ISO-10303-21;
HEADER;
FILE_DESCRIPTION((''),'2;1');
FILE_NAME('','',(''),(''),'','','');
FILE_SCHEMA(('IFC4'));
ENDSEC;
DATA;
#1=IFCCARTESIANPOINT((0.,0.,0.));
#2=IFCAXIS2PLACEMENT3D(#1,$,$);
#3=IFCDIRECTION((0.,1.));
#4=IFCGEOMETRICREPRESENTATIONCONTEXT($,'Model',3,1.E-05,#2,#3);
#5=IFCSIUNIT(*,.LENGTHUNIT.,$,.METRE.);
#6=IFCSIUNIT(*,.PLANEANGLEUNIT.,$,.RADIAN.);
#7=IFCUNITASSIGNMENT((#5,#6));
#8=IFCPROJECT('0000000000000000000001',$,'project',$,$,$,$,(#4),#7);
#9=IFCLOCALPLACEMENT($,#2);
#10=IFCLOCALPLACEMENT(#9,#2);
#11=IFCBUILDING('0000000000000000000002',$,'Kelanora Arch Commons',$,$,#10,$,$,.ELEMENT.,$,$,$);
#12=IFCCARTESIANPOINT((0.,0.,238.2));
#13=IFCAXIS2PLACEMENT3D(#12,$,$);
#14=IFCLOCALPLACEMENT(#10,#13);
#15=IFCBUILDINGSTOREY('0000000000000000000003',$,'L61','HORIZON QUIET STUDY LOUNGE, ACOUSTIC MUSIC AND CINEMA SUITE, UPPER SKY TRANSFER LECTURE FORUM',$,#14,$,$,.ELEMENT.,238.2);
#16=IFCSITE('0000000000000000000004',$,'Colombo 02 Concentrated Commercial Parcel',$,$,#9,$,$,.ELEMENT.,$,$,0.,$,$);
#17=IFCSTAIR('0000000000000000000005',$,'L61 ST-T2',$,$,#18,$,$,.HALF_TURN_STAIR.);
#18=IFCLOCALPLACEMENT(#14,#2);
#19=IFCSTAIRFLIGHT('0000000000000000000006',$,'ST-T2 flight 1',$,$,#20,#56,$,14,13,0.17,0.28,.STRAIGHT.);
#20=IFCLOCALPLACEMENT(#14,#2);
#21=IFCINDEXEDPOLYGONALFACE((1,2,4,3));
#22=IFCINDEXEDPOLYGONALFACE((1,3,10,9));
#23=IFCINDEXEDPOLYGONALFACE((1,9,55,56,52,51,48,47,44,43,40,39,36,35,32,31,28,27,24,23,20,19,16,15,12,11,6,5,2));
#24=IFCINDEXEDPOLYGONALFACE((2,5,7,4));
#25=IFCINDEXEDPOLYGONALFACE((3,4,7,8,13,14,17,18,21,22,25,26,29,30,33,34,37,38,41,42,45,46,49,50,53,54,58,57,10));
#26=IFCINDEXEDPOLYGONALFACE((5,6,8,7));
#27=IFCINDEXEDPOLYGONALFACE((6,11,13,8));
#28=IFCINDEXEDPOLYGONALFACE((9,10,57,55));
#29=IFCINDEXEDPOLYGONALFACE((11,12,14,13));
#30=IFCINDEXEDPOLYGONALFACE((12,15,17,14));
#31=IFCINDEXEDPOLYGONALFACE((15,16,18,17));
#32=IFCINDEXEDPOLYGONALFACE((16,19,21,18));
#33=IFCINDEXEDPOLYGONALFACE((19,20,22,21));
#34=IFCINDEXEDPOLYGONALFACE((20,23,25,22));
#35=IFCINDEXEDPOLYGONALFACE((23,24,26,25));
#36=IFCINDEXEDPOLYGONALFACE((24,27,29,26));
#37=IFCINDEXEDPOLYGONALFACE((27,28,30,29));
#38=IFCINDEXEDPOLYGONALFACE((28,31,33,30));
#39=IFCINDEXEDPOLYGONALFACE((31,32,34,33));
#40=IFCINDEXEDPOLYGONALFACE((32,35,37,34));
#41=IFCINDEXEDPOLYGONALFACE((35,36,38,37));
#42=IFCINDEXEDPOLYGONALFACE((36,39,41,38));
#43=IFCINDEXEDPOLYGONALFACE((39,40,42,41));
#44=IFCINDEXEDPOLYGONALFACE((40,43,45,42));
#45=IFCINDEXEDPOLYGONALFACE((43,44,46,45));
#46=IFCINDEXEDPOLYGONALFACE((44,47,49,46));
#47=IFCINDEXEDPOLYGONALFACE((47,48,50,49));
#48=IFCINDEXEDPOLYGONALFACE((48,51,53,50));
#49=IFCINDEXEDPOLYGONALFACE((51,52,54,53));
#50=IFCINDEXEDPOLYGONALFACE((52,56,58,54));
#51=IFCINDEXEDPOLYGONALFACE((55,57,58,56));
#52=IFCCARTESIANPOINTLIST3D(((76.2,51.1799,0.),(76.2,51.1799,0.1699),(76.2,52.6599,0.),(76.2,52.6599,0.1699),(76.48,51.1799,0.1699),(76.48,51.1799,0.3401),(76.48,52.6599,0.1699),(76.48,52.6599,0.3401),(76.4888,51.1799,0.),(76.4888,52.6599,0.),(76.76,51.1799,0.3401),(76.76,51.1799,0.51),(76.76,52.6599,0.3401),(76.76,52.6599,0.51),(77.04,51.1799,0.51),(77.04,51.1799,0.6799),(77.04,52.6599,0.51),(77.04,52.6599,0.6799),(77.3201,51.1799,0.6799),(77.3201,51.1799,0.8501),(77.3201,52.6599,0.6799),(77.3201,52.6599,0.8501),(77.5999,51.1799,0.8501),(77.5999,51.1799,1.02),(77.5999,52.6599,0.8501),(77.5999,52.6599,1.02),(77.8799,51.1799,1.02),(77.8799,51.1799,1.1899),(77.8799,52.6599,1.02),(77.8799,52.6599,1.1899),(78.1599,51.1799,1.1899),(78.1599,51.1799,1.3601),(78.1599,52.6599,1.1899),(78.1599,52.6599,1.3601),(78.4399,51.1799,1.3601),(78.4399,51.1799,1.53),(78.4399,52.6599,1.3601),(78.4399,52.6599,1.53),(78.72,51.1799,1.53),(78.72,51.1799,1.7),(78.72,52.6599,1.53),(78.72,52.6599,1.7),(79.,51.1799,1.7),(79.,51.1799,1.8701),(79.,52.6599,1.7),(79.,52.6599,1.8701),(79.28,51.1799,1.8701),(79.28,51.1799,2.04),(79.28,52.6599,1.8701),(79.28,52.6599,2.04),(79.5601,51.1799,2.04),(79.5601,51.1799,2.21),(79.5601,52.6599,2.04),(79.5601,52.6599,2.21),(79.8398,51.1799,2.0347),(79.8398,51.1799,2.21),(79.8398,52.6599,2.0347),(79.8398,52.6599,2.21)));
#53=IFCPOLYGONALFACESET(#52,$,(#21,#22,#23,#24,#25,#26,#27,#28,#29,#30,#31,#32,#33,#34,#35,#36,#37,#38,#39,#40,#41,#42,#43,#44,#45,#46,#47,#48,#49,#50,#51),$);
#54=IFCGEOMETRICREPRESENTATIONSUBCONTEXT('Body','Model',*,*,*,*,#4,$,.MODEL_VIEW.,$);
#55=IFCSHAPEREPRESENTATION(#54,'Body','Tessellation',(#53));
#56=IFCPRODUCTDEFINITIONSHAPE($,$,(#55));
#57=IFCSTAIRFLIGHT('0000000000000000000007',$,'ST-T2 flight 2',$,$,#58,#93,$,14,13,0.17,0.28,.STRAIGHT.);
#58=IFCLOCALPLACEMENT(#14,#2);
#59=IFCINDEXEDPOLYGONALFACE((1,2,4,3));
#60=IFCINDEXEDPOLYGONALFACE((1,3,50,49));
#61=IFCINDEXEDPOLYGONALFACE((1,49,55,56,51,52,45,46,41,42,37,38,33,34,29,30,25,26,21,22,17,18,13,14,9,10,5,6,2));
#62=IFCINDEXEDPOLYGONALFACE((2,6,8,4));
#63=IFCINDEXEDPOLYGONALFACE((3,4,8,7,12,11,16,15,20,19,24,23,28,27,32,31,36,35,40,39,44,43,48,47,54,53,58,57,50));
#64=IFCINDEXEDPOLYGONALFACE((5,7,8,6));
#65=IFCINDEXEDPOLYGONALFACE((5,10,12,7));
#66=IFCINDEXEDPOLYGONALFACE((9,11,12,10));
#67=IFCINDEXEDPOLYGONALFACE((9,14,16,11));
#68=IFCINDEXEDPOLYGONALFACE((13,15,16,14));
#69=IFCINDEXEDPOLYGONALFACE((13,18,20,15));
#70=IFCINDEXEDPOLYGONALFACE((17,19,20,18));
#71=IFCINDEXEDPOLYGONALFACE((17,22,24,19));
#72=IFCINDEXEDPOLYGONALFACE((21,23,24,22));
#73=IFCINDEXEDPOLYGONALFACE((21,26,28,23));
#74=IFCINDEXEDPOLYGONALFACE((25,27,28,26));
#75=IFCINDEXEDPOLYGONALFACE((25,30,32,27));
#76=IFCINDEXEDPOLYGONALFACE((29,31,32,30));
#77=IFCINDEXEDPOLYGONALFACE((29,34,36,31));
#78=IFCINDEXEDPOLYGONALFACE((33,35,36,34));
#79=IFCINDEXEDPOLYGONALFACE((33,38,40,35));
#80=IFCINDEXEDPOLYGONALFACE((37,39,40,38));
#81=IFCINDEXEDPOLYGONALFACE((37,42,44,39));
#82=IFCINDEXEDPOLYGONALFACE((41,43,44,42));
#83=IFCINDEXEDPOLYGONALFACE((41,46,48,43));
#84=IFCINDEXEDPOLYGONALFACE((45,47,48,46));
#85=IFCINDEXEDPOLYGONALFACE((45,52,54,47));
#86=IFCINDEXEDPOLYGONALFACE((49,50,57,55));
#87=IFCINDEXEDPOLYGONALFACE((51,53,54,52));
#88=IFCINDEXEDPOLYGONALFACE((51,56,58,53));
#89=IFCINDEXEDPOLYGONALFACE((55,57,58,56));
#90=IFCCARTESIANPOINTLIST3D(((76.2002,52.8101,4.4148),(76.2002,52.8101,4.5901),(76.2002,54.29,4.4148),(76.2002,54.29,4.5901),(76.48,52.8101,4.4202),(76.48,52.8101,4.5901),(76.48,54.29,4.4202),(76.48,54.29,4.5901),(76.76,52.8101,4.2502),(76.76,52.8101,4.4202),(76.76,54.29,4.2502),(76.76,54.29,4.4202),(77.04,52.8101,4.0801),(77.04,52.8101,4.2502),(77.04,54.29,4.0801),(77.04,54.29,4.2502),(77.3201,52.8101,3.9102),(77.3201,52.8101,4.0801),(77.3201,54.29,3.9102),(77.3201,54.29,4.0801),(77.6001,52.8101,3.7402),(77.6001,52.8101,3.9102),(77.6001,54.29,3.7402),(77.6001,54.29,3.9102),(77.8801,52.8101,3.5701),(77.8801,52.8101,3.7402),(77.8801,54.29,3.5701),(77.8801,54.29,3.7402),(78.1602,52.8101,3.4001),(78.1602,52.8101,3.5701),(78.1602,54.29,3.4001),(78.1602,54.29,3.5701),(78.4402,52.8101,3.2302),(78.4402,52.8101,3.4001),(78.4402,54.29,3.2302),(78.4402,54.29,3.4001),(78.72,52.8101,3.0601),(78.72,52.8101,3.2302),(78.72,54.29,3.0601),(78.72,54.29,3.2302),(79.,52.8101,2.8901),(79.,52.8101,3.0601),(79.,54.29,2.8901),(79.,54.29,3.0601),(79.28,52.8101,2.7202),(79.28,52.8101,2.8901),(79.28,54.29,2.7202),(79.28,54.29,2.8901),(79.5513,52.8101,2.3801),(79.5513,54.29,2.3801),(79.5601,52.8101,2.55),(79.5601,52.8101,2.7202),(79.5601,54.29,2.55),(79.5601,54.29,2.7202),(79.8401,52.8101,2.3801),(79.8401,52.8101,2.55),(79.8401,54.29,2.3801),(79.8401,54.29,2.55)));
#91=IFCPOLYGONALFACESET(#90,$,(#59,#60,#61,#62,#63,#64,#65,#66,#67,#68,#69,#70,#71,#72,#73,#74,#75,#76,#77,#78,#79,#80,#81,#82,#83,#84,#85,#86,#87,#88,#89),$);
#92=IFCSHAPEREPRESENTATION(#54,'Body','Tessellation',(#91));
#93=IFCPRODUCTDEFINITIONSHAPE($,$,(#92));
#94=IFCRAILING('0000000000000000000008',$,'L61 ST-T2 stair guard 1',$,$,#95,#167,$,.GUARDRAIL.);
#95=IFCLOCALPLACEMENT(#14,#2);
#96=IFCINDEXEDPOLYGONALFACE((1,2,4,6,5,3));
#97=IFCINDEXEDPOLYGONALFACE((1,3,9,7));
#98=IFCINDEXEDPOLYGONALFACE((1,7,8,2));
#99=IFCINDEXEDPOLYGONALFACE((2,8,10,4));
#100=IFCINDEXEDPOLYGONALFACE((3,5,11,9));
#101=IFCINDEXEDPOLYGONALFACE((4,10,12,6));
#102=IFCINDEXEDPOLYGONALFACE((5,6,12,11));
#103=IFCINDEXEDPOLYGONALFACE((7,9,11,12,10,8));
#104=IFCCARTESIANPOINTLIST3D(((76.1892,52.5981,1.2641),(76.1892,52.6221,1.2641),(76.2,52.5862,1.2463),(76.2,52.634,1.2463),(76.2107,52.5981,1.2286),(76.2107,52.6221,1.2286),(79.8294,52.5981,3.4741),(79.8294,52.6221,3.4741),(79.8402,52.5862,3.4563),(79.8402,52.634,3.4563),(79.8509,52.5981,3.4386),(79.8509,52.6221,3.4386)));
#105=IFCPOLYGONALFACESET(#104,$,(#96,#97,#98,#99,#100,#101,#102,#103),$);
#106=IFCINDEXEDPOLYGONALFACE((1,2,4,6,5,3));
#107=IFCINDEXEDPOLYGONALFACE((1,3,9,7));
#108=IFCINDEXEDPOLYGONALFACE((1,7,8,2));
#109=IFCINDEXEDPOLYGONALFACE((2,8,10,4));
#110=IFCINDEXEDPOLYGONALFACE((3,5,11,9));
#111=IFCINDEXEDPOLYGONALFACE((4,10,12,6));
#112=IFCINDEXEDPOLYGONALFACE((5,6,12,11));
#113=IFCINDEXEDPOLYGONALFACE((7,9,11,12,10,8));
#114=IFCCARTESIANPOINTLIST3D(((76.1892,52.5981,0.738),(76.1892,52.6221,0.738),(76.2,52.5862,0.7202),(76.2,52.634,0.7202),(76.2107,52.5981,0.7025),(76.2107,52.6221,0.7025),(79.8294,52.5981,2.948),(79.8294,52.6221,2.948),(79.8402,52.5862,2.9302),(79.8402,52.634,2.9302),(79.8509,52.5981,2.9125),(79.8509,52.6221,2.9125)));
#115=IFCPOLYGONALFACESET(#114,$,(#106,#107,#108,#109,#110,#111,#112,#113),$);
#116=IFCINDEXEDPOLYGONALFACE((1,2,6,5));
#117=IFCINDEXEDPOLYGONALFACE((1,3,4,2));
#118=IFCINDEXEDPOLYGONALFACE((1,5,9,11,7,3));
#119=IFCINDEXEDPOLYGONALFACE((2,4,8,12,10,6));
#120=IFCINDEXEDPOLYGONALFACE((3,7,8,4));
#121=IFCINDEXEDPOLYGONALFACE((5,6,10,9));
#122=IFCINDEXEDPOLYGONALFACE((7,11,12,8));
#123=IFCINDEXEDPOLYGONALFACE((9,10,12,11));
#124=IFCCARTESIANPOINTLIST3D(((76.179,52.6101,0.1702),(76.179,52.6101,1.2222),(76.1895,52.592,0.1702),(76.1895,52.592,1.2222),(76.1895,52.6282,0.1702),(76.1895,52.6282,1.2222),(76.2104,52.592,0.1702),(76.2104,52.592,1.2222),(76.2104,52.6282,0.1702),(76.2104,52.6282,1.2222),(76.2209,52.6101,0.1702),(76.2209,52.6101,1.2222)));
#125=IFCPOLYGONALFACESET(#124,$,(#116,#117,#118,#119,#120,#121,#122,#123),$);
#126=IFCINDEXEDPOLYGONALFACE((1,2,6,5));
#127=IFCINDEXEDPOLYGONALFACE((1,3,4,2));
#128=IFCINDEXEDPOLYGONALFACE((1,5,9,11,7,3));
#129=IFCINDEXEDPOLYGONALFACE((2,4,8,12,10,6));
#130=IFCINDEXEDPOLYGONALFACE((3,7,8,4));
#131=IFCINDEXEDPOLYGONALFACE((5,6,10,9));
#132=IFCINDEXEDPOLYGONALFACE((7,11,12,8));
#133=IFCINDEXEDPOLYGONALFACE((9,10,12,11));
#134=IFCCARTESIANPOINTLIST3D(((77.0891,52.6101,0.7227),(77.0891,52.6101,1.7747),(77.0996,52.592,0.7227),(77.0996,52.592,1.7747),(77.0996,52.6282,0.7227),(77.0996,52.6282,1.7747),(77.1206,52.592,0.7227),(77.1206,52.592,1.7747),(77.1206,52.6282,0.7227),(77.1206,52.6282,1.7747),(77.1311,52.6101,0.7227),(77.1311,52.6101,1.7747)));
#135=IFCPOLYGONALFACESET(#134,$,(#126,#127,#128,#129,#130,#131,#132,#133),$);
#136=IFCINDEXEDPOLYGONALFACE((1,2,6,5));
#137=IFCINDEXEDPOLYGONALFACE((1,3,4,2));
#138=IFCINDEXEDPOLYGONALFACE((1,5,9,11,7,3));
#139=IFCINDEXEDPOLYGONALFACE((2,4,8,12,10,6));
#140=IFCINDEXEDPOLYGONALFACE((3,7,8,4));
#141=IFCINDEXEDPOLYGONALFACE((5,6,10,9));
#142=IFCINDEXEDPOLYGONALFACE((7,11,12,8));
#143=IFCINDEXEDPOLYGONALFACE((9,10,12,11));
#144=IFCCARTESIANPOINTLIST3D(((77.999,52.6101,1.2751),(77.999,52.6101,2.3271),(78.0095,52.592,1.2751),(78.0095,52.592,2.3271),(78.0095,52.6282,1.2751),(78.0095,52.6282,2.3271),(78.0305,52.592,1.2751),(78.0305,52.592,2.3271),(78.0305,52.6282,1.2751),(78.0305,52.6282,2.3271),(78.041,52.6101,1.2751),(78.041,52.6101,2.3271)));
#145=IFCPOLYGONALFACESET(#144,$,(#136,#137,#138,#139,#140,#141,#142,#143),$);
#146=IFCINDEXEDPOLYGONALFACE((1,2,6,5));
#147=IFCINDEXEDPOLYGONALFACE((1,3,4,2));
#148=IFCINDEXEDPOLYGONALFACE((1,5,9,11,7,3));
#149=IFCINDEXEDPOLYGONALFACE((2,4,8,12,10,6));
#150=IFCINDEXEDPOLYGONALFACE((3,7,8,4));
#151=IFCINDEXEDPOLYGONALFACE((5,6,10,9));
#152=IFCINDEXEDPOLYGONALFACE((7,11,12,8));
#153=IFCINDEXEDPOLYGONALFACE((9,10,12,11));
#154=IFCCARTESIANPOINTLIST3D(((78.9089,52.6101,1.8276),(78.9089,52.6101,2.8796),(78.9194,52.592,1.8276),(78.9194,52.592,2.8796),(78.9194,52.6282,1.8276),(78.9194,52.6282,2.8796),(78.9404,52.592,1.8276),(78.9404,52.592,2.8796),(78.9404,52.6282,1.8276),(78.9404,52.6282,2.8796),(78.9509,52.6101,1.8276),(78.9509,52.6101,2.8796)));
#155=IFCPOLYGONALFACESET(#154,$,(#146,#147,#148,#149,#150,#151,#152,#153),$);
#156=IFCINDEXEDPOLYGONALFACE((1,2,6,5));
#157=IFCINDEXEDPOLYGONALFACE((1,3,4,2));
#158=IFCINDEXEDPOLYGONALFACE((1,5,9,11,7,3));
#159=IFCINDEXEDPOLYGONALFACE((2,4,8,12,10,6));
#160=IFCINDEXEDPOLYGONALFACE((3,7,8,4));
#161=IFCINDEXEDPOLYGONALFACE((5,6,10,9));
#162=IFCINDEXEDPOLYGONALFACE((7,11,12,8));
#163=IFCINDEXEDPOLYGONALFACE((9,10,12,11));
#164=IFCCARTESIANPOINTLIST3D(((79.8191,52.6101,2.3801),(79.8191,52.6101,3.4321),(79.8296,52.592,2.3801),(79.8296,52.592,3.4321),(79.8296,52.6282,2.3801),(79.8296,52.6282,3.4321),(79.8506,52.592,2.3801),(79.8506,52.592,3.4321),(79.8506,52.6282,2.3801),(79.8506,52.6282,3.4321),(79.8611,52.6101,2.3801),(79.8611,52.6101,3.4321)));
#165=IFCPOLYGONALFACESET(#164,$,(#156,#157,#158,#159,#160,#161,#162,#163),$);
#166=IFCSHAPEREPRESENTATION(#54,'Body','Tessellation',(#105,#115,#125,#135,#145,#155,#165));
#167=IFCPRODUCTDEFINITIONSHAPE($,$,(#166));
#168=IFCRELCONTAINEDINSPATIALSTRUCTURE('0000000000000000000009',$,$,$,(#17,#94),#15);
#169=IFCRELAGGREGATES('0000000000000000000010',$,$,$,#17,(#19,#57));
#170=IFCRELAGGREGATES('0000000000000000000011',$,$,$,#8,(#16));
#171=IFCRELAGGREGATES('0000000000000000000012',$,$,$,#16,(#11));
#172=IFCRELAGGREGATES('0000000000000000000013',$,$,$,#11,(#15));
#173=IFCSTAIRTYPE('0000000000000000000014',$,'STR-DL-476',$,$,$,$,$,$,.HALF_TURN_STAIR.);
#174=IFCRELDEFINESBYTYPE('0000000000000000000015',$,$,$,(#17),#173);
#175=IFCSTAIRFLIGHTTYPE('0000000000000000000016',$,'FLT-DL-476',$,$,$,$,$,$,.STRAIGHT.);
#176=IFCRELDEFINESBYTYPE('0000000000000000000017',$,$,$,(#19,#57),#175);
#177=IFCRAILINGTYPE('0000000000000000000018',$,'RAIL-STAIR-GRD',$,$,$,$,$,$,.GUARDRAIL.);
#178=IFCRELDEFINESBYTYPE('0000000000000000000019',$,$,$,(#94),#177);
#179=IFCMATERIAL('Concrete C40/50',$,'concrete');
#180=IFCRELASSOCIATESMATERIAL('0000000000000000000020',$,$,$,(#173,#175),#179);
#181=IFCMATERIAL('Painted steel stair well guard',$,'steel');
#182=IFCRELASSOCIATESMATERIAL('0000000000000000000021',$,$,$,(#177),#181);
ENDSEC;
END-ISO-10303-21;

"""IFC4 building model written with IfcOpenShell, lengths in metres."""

from ifc_helpers import new_model, si_unit, direction, frame, origin, place, context, subcontext, project, spatial, polyline, outline, extrude, material, type_object, element, aggregate, save


model = new_model("IFC4")

# Units and contexts
model_context = context("Model", 3, precision=1e-05, world=origin(), true_north=direction((0.0, 1.0)))
body_context = subcontext(model_context, "Body", "Model", "MODEL_VIEW")
ifc_project = project(units=[si_unit("LENGTHUNIT", "METRE"), si_unit("PLANEANGLEUNIT", "RADIAN")], contexts=[model_context])

# Site, building, storey
site_placement = place(None, origin())
site = spatial("IfcSite", under=ifc_project, at=site_placement, Name="Colombo 02 Concentrated Commercial Parcel", CompositionType="ELEMENT", RefElevation=0.0)
building_placement = place(site_placement, origin())
building = spatial("IfcBuilding", under=site, at=building_placement, Name="Kelanora Arch Commons", CompositionType="ELEMENT")
storey_placement = place(building_placement, frame((0.0, 0.0, 238.2)))
storey = spatial("IfcBuildingStorey", under=building, at=storey_placement, Name="L61", Description="HORIZON QUIET STUDY LOUNGE, ACOUSTIC MUSIC AND CINEMA SUITE, UPPER SKY TRANSFER LECTURE FORUM", CompositionType="ELEMENT", Elevation=238.2)

# Shared definitions
ifc_material_1 = material(Name="Concrete C40/50", Category="concrete")

# Stair, stair flights
stair_type = type_object("IfcStairType", Name="STR-DL-476", PredefinedType="HALF_TURN_STAIR", material=ifc_material_1)
stair_placement = place(storey_placement, origin())
stair = element("IfcStair", 1, at=stair_placement, inside=storey, type_object=stair_type, Name="L61 ST-T2", PredefinedType="HALF_TURN_STAIR")
stair_flight_type = type_object("IfcStairFlightType", Name="FLT-DL-476", PredefinedType="STRAIGHT", material=ifc_material_1)
stair_flight_1_placement = place(storey_placement, frame((76.2, 51.9199, 0.0), z_axis=(0.0, 0.0, 1.0), x_axis=(1.0, 0.0, 0.0)))
stair_flight_1 = element("IfcStairFlight", 2, at=stair_flight_1_placement, type_object=stair_flight_type, Name="ST-T2 flight 1", NumberOfRisers=14, NumberOfTreads=13, PredefinedType="STRAIGHT", RiserHeight=0.17, TreadLength=0.28, context=body_context, shape_type="SweptSolid", body=[
    extrude(outline(polyline([(0.0, 0.0), (0.0, 0.1699), (0.28, 0.1699), (0.28, 0.3401), (0.5601, 0.3401), (0.5601, 0.51), (0.8401, 0.51), (0.8401, 0.6799), (1.1201, 0.6799), (1.1201, 0.8501), (1.3999, 0.8501), (1.3999, 1.02), (1.6799, 1.02), (1.6799, 1.1899), (1.96, 1.1899), (1.96, 1.3601), (2.24, 1.3601), (2.24, 1.53), (2.52, 1.53), (2.52, 1.7), (2.8, 1.7), (2.8, 1.8701), (3.0801, 1.8701), (3.0801, 2.04), (3.3601, 2.04), (3.3601, 2.21), (3.6399, 2.21), (3.6399, 2.3799), (3.6399, 2.0347), (0.2888, 0.0), (0.0, 0.0)])), frame((0.0, 0.74, 0.0), z_axis=(0.0, -1.0, 0.0), x_axis=(1.0, 0.0, 0.0)), (0.0, 0.0, 1.0), 1.48),
])
stair_flight_2_placement = place(storey_placement, frame((79.8401, 53.55, 2.3801), z_axis=(0.0, 0.0, 1.0), x_axis=(-1.0, 0.0, 0.0)))
stair_flight_2 = element("IfcStairFlight", 3, at=stair_flight_2_placement, type_object=stair_flight_type, Name="ST-T2 flight 2", NumberOfRisers=14, NumberOfTreads=13, PredefinedType="STRAIGHT", RiserHeight=0.17, TreadLength=0.28, context=body_context, shape_type="SweptSolid", body=[
    extrude(outline(polyline([(0.0, 0.0), (0.0, 0.1699), (0.28, 0.1699), (0.28, 0.3401), (0.5601, 0.3401), (0.5601, 0.51), (0.8401, 0.51), (0.8401, 0.6799), (1.1201, 0.6799), (1.1201, 0.8501), (1.3999, 0.8501), (1.3999, 1.02), (1.6799, 1.02), (1.6799, 1.1899), (1.96, 1.1899), (1.96, 1.3601), (2.24, 1.3601), (2.24, 1.53), (2.52, 1.53), (2.52, 1.7), (2.8, 1.7), (2.8, 1.8701), (3.0801, 1.8701), (3.0801, 2.04), (3.3601, 2.04), (3.3601, 2.21), (3.6399, 2.21), (3.6399, 2.3799), (3.6399, 2.0347), (0.2888, 0.0), (0.0, 0.0)])), frame((0.0, 0.74, 0.0), z_axis=(0.0, -1.0, 0.0), x_axis=(1.0, 0.0, 0.0)), (0.0, 0.0, 1.0), 1.48),
])
aggregate(stair, [stair_flight_1, stair_flight_2])

# Railing
ifc_material_2 = material(Name="Painted steel stair well guard", Category="steel")
railing_type_1 = type_object("IfcRailingType", Name="RAIL-STAIR-GRD", PredefinedType="GUARDRAIL", material=ifc_material_2)
railing_1_placement = place(storey_placement, frame((76.2, 52.6101, 0.1702)))
element("IfcRailing", 4, at=railing_1_placement, inside=storey, type_object=railing_type_1, Name="L61 ST-T2 stair guard 1", PredefinedType="GUARDRAIL", context=body_context, shape_type="SweptSolid", body=[
    extrude(outline(polyline([(0.0239, 0.0), (0.012, 0.0208), (-0.012, 0.0208), (-0.0239, 0.0), (-0.012, -0.0208), (0.012, -0.0208), (0.0239, 0.0)])), frame((0.0, 0.0, 1.0762), z_axis=(0.8548, 0.0, 0.518957), x_axis=(0.0, 1.0, 0.0)), (0.0, 0.0, 1.0), 4.2585),
    extrude(outline(polyline([(0.0239, 0.0), (0.012, 0.0208), (-0.012, 0.0208), (-0.0239, 0.0), (-0.012, -0.0208), (0.012, -0.0208), (0.0239, 0.0)])), frame((0.0, 0.0, 0.55), z_axis=(0.8548, 0.0, 0.518957), x_axis=(0.0, 1.0, 0.0)), (0.0, 0.0, 1.0), 4.2585),
    extrude(outline(polyline([(0.021, 0.0), (0.0105, 0.0181), (-0.0105, 0.0181), (-0.021, 0.0), (-0.0105, -0.0181), (0.0105, -0.0181), (0.021, 0.0)])), origin(), (0.0, 0.0, 1.0), 1.052),
    extrude(outline(polyline([(0.021, 0.0), (0.0105, 0.0181), (-0.0105, 0.0181), (-0.021, 0.0), (-0.0105, -0.0181), (0.0105, -0.0181), (0.021, 0.0)])), frame((0.9102, 0.0, 0.5525)), (0.0, 0.0, 1.0), 1.052),
    extrude(outline(polyline([(0.021, 0.0), (0.0105, 0.0181), (-0.0105, 0.0181), (-0.021, 0.0), (-0.0105, -0.0181), (0.0105, -0.0181), (0.021, 0.0)])), frame((1.8201, 0.0, 1.105)), (0.0, 0.0, 1.0), 1.052),
    extrude(outline(polyline([(0.021, 0.0), (0.0105, 0.0181), (-0.0105, 0.0181), (-0.021, 0.0), (-0.0105, -0.0181), (0.0105, -0.0181), (0.021, 0.0)])), frame((2.73, 0.0, 1.6575)), (0.0, 0.0, 1.0), 1.052),
    extrude(outline(polyline([(0.021, 0.0), (0.0105, 0.0181), (-0.0105, 0.0181), (-0.021, 0.0), (-0.0105, -0.0181), (0.0105, -0.0181), (0.021, 0.0)])), frame((3.6401, 0.0, 2.21)), (0.0, 0.0, 1.0), 1.052),
])

save(model, "model.ifc")
